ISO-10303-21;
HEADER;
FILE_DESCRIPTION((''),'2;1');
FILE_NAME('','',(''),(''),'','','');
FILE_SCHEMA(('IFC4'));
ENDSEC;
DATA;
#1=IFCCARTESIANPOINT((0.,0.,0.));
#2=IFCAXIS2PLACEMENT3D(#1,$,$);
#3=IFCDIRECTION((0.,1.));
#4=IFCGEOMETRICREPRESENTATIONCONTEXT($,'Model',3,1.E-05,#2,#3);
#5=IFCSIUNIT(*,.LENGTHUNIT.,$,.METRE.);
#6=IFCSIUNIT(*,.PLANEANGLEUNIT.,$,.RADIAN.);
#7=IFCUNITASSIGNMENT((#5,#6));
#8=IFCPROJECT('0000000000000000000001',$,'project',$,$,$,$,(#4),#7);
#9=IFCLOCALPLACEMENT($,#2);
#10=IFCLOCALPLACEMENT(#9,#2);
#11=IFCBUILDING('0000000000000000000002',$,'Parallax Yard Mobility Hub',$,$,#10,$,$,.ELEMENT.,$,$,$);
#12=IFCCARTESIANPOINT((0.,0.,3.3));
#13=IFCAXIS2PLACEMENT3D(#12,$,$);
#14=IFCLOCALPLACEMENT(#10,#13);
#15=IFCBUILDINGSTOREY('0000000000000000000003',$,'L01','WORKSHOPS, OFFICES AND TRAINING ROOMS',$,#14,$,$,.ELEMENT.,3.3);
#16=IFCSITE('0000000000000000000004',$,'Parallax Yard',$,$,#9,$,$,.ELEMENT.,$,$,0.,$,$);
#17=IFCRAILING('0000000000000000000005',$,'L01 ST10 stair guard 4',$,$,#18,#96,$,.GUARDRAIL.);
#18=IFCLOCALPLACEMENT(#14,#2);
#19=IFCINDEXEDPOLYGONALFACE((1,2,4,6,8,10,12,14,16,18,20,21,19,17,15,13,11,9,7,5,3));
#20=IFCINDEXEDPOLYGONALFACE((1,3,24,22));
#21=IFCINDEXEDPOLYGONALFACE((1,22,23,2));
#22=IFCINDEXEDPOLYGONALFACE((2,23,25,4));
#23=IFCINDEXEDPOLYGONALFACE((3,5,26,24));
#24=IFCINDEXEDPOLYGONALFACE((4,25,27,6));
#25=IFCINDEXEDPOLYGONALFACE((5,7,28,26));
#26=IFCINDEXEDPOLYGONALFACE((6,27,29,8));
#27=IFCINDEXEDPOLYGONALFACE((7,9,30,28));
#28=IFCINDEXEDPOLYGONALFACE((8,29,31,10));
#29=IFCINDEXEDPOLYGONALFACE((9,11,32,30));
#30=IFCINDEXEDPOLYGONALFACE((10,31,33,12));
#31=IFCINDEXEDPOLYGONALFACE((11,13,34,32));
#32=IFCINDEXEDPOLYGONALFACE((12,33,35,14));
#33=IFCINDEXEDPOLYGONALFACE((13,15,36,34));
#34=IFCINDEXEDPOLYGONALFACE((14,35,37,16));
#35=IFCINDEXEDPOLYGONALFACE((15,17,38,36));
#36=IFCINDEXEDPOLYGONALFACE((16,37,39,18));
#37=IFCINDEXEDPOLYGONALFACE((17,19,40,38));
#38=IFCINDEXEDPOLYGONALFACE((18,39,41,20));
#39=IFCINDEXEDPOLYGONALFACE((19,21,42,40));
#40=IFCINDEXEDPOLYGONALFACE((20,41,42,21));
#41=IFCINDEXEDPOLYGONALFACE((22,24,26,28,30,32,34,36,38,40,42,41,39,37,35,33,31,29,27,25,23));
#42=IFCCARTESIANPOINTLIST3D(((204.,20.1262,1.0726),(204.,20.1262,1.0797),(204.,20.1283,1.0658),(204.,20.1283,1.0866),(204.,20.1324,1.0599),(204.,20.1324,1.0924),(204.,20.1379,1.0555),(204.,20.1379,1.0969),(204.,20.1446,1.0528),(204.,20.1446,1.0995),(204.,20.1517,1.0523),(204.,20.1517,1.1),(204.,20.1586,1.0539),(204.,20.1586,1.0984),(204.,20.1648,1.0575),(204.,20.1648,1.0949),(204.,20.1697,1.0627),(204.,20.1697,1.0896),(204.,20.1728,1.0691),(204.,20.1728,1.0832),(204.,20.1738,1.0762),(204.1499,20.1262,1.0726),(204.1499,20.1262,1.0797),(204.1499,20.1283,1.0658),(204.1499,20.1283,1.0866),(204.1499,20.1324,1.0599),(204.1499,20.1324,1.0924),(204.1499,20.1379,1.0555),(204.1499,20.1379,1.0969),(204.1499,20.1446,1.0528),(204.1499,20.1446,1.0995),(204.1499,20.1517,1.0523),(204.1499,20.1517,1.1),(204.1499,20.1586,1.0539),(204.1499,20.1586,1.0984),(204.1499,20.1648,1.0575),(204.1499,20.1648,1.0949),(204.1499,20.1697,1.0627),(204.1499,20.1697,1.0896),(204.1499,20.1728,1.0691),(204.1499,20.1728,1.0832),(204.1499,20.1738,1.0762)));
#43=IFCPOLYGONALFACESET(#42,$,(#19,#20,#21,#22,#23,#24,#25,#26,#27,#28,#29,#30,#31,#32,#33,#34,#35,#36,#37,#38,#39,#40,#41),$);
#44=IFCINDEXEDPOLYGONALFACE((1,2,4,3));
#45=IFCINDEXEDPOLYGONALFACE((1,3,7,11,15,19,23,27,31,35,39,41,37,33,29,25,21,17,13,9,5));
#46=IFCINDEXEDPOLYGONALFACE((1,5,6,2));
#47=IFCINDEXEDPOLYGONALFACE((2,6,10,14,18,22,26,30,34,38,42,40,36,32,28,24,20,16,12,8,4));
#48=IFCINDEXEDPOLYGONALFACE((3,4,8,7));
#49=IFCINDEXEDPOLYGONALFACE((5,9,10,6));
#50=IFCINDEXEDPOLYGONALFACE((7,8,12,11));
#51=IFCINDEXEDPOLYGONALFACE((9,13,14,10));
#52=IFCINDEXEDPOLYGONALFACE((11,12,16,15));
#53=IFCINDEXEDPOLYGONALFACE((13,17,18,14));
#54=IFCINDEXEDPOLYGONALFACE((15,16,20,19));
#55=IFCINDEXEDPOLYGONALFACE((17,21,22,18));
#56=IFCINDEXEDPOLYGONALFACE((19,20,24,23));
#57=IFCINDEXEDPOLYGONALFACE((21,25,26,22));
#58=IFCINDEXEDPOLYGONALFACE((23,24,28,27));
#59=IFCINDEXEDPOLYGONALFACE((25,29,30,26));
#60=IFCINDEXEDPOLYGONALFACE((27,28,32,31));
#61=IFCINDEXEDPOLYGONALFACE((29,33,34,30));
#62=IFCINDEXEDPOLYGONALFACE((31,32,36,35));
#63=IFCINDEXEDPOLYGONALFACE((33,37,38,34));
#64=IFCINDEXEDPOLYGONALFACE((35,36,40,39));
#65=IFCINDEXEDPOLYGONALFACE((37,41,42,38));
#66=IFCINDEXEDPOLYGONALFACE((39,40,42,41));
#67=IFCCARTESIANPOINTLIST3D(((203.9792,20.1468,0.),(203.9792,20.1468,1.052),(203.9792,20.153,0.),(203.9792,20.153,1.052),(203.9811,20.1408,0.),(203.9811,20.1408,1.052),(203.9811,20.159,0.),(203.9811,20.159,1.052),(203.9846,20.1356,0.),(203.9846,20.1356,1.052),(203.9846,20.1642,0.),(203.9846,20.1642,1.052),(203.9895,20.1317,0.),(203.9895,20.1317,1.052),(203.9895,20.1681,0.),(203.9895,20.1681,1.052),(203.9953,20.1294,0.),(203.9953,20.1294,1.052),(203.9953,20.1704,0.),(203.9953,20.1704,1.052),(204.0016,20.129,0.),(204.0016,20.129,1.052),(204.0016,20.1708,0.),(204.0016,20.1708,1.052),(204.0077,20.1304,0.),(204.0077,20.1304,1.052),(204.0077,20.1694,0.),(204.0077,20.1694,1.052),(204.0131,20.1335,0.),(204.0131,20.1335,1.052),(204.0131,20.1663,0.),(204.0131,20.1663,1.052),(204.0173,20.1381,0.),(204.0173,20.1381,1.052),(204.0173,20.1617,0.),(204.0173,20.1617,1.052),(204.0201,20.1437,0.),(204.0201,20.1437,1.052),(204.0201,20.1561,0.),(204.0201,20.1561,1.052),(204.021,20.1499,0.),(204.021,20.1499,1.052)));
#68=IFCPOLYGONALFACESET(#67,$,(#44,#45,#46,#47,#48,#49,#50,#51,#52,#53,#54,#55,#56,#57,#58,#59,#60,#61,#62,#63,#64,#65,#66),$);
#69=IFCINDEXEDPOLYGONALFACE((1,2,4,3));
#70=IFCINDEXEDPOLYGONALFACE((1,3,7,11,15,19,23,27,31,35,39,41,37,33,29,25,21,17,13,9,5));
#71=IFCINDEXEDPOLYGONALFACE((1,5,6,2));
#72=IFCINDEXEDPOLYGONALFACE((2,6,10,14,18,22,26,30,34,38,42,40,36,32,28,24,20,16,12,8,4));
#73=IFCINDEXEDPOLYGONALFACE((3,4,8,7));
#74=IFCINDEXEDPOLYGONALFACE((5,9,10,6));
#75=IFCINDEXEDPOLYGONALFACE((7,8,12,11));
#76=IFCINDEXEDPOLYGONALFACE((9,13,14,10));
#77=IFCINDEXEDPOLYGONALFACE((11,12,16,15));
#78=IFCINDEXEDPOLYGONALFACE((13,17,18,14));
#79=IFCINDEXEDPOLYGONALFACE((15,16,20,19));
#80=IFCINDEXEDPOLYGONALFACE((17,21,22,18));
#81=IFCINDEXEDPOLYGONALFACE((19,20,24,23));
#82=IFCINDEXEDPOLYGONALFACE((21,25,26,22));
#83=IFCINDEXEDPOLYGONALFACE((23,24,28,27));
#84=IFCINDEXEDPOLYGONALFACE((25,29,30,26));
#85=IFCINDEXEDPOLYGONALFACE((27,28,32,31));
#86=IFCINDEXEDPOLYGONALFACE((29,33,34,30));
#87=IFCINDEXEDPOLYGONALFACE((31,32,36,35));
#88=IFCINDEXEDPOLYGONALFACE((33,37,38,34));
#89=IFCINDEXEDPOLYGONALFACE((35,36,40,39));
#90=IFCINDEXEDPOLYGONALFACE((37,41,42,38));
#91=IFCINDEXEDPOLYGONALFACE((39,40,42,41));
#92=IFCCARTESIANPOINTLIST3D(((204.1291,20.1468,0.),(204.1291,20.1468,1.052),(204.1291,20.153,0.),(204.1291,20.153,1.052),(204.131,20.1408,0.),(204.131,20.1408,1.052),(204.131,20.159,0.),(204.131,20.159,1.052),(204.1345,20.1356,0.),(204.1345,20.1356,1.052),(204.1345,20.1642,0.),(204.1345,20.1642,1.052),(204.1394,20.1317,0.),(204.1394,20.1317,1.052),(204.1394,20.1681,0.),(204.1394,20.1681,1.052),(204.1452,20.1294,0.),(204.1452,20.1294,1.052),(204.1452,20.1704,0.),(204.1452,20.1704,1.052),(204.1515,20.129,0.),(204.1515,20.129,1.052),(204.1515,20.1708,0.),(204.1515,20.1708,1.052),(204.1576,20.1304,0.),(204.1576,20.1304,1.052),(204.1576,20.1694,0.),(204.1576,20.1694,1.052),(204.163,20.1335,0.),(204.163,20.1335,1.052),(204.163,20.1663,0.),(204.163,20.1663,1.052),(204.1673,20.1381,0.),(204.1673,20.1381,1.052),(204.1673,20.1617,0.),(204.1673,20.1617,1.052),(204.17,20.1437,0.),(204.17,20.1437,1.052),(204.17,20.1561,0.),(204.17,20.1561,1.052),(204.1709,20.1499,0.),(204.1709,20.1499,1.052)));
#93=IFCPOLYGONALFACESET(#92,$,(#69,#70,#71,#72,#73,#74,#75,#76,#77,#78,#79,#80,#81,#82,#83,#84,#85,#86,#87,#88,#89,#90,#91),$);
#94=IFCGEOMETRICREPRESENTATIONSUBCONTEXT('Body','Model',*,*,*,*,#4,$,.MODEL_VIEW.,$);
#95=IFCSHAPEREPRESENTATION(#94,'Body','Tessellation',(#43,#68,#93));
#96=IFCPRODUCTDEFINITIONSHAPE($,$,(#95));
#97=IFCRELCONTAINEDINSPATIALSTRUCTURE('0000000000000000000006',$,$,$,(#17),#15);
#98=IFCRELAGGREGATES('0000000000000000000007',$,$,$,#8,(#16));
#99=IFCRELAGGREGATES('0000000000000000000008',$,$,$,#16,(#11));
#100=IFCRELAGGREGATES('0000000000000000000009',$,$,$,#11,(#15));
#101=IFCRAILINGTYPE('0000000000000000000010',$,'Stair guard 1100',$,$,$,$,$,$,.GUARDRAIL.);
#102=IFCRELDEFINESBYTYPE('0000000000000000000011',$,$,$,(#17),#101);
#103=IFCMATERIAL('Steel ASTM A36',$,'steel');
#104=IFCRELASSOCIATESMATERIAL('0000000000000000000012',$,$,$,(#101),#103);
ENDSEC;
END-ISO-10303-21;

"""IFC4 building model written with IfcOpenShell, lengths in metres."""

from ifc_helpers import new_model, si_unit, direction, frame, origin, origin_2d, place, context, subcontext, project, spatial, circle, extrude, material, type_object, element, save


model = new_model("IFC4")

# Units and contexts
model_context = context("Model", 3, precision=1e-05, world=origin(), true_north=direction((0.0, 1.0)))
body_context = subcontext(model_context, "Body", "Model", "MODEL_VIEW")
ifc_project = project(units=[si_unit("LENGTHUNIT", "METRE"), si_unit("PLANEANGLEUNIT", "RADIAN")], contexts=[model_context])

# Site, building, storey
site_placement = place(None, origin())
site = spatial("IfcSite", under=ifc_project, at=site_placement, Name="Parallax Yard", CompositionType="ELEMENT", RefElevation=0.0)
building_placement = place(site_placement, origin())
building = spatial("IfcBuilding", under=site, at=building_placement, Name="Parallax Yard Mobility Hub", CompositionType="ELEMENT")
storey_placement = place(building_placement, frame((0.0, 0.0, 3.3)))
storey = spatial("IfcBuildingStorey", under=building, at=storey_placement, Name="L01", Description="WORKSHOPS, OFFICES AND TRAINING ROOMS", CompositionType="ELEMENT", Elevation=3.3)

# Railing
ifc_material_1 = material(Name="Steel ASTM A36", Category="steel")
railing_type_1 = type_object("IfcRailingType", Name="Stair guard 1100", PredefinedType="GUARDRAIL", material=ifc_material_1)
railing_1_placement = place(storey_placement, frame((204.0, 20.1499, 0.0)))
element("IfcRailing", 1, at=railing_1_placement, inside=storey, type_object=railing_type_1, Name="L01 ST10 stair guard 4", PredefinedType="GUARDRAIL", context=body_context, shape_type="SweptSolid", body=[
    extrude(circle(Radius=0.0239, at=origin_2d()), frame((0.0, 0.0, 1.0762), z_axis=(1.0, 0.0, 0.0), x_axis=(0.0, 1.0, 0.0)), (0.0, 0.0, 1.0), 0.1499),
    extrude(circle(Radius=0.021, at=origin_2d()), origin(), (0.0, 0.0, 1.0), 1.052),
    extrude(circle(Radius=0.021, at=origin_2d()), frame((0.1499, 0.0, 0.0)), (0.0, 0.0, 1.0), 1.052),
])

save(model, "model.ifc")
